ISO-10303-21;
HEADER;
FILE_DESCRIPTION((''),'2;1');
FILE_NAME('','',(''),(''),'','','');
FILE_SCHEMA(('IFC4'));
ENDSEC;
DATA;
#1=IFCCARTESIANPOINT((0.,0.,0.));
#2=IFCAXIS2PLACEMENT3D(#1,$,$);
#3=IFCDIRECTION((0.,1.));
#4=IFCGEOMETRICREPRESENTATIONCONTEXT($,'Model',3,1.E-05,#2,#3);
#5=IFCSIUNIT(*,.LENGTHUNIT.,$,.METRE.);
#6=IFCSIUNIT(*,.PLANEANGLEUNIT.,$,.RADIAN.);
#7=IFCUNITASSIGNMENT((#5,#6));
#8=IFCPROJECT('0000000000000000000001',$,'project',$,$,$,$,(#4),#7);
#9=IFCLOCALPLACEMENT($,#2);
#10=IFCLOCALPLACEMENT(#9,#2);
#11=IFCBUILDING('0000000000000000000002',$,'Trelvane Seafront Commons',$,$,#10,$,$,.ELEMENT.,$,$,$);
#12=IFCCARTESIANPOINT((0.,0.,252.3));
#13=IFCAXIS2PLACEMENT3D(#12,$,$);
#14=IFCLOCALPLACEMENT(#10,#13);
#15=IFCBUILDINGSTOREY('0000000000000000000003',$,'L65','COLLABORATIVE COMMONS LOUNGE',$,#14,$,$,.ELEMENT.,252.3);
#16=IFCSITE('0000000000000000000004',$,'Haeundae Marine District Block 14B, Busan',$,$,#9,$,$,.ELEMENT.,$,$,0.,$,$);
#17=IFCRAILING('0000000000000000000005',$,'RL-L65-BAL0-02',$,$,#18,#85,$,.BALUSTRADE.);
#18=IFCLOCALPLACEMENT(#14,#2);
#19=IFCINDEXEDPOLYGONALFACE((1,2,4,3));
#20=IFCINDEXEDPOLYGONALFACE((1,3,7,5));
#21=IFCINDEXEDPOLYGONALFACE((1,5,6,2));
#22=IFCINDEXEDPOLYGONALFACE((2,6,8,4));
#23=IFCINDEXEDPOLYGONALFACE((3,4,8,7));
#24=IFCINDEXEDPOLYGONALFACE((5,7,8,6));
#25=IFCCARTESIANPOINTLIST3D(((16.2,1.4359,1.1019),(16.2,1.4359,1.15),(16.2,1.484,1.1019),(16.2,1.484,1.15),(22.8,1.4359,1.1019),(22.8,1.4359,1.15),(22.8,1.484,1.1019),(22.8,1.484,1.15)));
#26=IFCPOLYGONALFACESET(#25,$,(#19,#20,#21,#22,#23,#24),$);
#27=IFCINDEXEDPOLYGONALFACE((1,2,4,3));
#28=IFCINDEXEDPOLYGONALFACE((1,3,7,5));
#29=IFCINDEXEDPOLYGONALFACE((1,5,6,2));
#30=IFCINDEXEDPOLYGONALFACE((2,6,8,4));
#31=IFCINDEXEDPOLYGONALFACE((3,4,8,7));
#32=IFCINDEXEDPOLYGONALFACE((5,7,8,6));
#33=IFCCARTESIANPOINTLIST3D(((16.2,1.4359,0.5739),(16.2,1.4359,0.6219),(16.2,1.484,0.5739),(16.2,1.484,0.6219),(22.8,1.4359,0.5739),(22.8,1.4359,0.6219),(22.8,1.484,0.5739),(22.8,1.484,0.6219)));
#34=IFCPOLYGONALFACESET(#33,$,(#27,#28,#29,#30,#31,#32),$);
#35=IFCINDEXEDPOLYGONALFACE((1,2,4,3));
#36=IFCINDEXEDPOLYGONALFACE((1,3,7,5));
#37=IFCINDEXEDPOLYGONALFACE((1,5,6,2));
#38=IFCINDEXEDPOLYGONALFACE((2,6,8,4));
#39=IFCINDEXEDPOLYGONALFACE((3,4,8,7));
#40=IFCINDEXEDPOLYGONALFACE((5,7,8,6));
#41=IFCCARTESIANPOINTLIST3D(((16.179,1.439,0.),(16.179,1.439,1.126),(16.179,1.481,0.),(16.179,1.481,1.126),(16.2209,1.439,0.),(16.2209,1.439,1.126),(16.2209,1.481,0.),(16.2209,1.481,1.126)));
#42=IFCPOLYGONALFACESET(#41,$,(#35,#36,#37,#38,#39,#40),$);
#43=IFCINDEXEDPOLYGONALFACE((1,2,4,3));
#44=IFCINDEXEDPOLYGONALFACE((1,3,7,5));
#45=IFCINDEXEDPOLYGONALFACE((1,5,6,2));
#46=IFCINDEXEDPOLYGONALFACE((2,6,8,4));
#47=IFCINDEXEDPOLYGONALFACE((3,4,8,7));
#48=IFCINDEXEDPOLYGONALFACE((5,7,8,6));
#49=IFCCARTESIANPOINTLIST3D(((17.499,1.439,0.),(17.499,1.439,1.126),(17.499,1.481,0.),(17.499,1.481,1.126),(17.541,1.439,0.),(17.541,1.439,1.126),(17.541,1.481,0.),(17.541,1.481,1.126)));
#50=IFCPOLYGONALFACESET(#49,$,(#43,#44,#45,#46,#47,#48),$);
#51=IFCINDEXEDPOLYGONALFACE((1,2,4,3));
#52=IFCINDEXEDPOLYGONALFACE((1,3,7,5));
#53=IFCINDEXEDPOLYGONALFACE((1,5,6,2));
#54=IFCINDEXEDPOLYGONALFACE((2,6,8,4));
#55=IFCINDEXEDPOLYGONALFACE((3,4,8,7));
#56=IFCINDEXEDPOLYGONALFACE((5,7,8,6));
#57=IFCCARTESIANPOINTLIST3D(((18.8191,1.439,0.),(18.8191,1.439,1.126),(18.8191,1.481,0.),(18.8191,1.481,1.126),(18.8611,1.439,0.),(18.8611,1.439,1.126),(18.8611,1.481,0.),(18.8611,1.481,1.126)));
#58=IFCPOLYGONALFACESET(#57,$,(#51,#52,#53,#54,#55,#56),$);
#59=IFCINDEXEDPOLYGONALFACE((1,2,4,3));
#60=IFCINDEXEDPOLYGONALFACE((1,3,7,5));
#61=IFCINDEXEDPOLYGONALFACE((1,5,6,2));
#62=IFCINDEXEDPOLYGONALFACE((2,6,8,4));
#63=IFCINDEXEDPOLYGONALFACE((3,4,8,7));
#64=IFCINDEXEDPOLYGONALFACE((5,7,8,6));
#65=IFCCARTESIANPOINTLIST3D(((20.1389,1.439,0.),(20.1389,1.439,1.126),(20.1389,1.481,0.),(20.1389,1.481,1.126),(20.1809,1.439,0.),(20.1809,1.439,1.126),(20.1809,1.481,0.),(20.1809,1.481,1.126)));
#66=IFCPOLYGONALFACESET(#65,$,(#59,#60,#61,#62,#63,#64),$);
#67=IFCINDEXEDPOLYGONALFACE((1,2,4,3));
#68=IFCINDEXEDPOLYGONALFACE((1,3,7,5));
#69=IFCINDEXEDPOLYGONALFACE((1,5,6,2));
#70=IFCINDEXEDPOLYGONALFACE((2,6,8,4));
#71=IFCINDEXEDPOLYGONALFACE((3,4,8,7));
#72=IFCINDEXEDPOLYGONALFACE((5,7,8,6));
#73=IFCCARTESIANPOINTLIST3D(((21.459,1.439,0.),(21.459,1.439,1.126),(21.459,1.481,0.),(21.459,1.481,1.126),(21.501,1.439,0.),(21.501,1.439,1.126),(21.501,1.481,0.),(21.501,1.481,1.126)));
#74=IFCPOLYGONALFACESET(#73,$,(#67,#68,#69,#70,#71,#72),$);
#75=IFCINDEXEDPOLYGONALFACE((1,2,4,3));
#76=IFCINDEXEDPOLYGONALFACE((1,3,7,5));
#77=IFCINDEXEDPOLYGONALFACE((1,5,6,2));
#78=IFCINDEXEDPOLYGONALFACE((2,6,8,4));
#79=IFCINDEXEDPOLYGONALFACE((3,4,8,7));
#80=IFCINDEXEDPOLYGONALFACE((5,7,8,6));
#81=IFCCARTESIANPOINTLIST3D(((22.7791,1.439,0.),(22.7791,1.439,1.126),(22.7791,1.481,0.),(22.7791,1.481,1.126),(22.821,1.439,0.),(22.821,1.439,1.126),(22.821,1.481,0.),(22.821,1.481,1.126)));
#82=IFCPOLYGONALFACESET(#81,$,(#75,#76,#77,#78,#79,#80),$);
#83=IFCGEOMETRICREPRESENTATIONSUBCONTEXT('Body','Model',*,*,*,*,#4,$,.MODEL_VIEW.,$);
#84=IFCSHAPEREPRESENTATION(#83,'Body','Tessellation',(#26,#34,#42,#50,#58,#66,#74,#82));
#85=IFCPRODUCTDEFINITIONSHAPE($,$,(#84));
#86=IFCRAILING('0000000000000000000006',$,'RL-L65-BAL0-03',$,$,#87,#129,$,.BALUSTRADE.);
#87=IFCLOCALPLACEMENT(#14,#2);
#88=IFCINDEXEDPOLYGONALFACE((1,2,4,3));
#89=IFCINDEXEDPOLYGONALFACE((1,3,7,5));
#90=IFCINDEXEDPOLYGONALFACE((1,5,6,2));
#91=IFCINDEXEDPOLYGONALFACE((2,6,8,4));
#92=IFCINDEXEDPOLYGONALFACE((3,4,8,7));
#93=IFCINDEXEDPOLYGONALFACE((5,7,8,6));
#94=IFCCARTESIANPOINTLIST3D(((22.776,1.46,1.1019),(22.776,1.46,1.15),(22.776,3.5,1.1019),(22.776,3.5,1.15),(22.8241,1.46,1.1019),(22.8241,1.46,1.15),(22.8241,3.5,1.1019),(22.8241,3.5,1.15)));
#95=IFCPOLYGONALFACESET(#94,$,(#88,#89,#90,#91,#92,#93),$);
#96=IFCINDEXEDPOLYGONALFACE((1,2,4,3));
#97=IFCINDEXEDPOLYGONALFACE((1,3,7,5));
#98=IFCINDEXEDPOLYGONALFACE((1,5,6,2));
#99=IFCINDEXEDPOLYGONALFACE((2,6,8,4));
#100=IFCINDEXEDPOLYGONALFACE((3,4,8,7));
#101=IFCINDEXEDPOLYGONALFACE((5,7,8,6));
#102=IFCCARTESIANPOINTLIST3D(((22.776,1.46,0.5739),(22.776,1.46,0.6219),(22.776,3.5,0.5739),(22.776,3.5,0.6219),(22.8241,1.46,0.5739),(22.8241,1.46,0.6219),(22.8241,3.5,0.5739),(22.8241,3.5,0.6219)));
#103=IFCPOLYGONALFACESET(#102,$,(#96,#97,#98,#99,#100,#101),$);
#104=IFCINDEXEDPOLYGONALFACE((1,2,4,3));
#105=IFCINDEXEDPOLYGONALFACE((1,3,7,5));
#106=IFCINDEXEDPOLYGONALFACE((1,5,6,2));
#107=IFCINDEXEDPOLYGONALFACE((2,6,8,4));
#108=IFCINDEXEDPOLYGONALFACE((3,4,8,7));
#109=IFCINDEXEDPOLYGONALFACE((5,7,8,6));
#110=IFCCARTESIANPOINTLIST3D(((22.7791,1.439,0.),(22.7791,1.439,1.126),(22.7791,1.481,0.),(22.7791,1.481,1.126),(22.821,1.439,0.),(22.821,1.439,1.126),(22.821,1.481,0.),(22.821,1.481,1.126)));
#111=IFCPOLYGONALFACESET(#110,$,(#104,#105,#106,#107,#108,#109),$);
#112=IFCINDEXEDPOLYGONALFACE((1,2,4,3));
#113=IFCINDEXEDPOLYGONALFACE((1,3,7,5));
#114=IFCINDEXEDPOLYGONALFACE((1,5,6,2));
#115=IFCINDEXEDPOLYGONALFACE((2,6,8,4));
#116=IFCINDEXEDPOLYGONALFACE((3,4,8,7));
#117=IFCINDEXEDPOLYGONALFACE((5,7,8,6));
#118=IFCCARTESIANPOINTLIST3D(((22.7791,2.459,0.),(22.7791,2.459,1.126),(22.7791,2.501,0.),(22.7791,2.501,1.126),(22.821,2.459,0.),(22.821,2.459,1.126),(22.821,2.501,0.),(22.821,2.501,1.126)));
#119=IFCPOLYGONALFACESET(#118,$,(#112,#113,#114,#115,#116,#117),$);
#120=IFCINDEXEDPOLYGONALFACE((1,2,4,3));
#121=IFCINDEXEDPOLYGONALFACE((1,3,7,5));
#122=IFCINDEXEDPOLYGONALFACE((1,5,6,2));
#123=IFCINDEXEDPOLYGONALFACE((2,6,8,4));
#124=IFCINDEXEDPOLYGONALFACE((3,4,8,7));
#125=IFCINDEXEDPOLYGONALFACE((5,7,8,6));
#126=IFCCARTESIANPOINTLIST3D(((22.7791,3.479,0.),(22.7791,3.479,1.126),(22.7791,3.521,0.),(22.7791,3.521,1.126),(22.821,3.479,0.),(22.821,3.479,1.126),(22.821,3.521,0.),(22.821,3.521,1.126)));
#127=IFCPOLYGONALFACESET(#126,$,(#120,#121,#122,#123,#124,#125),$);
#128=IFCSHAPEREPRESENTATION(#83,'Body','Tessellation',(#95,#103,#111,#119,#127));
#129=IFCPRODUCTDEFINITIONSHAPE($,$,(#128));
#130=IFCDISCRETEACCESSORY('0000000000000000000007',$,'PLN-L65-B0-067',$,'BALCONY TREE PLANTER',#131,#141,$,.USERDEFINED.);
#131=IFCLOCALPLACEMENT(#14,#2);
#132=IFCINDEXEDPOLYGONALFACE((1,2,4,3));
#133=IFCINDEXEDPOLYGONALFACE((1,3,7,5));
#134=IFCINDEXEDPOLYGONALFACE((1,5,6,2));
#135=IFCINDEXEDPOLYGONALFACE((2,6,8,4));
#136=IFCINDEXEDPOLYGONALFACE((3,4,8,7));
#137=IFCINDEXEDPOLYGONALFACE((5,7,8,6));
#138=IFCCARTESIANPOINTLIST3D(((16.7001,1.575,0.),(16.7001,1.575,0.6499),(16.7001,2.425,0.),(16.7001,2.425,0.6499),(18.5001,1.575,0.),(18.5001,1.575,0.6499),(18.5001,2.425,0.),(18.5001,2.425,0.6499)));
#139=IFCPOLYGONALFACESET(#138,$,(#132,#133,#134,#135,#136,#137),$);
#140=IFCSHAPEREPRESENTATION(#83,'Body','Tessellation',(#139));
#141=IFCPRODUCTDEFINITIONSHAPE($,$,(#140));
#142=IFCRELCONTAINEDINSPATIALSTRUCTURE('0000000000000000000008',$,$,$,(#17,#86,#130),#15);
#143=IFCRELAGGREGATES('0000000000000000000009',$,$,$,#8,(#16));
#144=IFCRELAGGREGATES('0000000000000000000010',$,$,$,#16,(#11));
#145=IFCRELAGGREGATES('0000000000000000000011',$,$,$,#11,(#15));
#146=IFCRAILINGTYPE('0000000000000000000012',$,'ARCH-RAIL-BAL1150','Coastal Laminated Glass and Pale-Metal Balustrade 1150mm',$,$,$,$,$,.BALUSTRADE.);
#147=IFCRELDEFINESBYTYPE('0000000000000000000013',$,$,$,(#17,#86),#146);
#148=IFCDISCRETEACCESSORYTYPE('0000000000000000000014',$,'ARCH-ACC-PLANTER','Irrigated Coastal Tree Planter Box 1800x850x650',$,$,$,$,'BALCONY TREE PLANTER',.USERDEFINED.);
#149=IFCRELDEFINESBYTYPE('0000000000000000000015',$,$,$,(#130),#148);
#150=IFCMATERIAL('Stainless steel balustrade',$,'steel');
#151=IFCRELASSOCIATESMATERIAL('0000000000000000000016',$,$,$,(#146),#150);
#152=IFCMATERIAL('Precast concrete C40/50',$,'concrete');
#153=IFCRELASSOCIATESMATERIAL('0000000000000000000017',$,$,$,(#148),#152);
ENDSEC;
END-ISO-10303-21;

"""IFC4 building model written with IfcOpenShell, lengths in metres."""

from ifc_helpers import new_model, si_unit, direction, frame, origin, origin_2d, place, context, subcontext, project, spatial, rectangle, extrude, source, transform, mapped, material, type_object, element, save


model = new_model("IFC4")

# Units and contexts
model_context = context("Model", 3, precision=1e-05, world=origin(), true_north=direction((0.0, 1.0)))
body_context = subcontext(model_context, "Body", "Model", "MODEL_VIEW")
ifc_project = project(units=[si_unit("LENGTHUNIT", "METRE"), si_unit("PLANEANGLEUNIT", "RADIAN")], contexts=[model_context])

# Site, building, storey
site_placement = place(None, origin())
site = spatial("IfcSite", under=ifc_project, at=site_placement, Name="Haeundae Marine District Block 14B, Busan", CompositionType="ELEMENT", RefElevation=0.0)
building_placement = place(site_placement, origin())
building = spatial("IfcBuilding", under=site, at=building_placement, Name="Trelvane Seafront Commons", CompositionType="ELEMENT")
storey_placement = place(building_placement, frame((0.0, 0.0, 252.3)))
storey = spatial("IfcBuildingStorey", under=building, at=storey_placement, Name="L65", Description="COLLABORATIVE COMMONS LOUNGE", CompositionType="ELEMENT", Elevation=252.3)

# Railings
ifc_material_1 = material(Name="Stainless steel balustrade", Category="steel")
railing_type = type_object("IfcRailingType", Name="ARCH-RAIL-BAL1150", Description="Coastal Laminated Glass and Pale-Metal Balustrade 1150mm", PredefinedType="BALUSTRADE", material=ifc_material_1)
railing_1_placement = place(storey_placement, frame((16.2, 1.46, 0.0)))
element("IfcRailing", 1, at=railing_1_placement, inside=storey, type_object=railing_type, Name="RL-L65-BAL0-02", PredefinedType="BALUSTRADE", context=body_context, shape_type="SweptSolid", body=[
    extrude(rectangle(XDim=0.0481, YDim=0.0481, at=origin_2d()), frame((0.0, 0.0, 1.126), z_axis=(1.0, 0.0, 0.0), x_axis=(0.0, 1.0, 0.0)), (0.0, 0.0, 1.0), 6.6001),
    extrude(rectangle(XDim=0.0481, YDim=0.0481, at=origin_2d()), frame((0.0, 0.0, 0.5979), z_axis=(1.0, 0.0, 0.0), x_axis=(0.0, 1.0, 0.0)), (0.0, 0.0, 1.0), 6.6001),
    extrude(rectangle(XDim=0.042, YDim=0.042, at=origin_2d()), origin(), (0.0, 0.0, 1.0), 1.126),
    extrude(rectangle(XDim=0.042, YDim=0.042, at=origin_2d()), frame((1.3201, 0.0, 0.0)), (0.0, 0.0, 1.0), 1.126),
    extrude(rectangle(XDim=0.042, YDim=0.042, at=origin_2d()), frame((2.6401, 0.0, 0.0)), (0.0, 0.0, 1.0), 1.126),
    extrude(rectangle(XDim=0.042, YDim=0.042, at=origin_2d()), frame((3.96, 0.0, 0.0)), (0.0, 0.0, 1.0), 1.126),
    extrude(rectangle(XDim=0.042, YDim=0.042, at=origin_2d()), frame((5.28, 0.0, 0.0)), (0.0, 0.0, 1.0), 1.126),
    extrude(rectangle(XDim=0.042, YDim=0.042, at=origin_2d()), frame((6.6001, 0.0, 0.0)), (0.0, 0.0, 1.0), 1.126),
])
railing_2_placement = place(storey_placement, frame((22.8, 1.46, 0.0)))
element("IfcRailing", 2, at=railing_2_placement, inside=storey, type_object=railing_type, Name="RL-L65-BAL0-03", PredefinedType="BALUSTRADE", context=body_context, shape_type="SweptSolid", body=[
    extrude(rectangle(XDim=0.0481, YDim=0.0481, at=origin_2d()), frame((0.0, 0.0, 1.126), z_axis=(0.0, 1.0, 0.0), x_axis=(-1.0, 0.0, 0.0)), (0.0, 0.0, 1.0), 2.04),
    extrude(rectangle(XDim=0.0481, YDim=0.0481, at=origin_2d()), frame((0.0, 0.0, 0.5979), z_axis=(0.0, 1.0, 0.0), x_axis=(-1.0, 0.0, 0.0)), (0.0, 0.0, 1.0), 2.04),
    extrude(rectangle(XDim=0.042, YDim=0.042, at=origin_2d()), origin(), (0.0, 0.0, 1.0), 1.126),
    extrude(rectangle(XDim=0.042, YDim=0.042, at=origin_2d()), frame((0.0, 1.02, 0.0)), (0.0, 0.0, 1.0), 1.126),
    extrude(rectangle(XDim=0.042, YDim=0.042, at=origin_2d()), frame((0.0, 2.04, 0.0)), (0.0, 0.0, 1.0), 1.126),
])

# Discrete accessory
ifc_material_2 = material(Name="Precast concrete C40/50", Category="concrete")
discrete_accessory_type = type_object("IfcDiscreteAccessoryType", Name="ARCH-ACC-PLANTER", Description="Irrigated Coastal Tree Planter Box 1800x850x650", ElementType="BALCONY TREE PLANTER", PredefinedType="USERDEFINED", material=ifc_material_2)
shared_shape_1 = source(origin(), body_context, "Body", "SweptSolid", [
    extrude(rectangle(XDim=1.8, YDim=0.8501, at=origin_2d()), origin(), (0.0, 0.0, 1.0), 0.6499),
])
discrete_accessory_placement = place(storey_placement, frame((17.6001, 2.0, 0.0), z_axis=(0.0, 0.0, 1.0), x_axis=(1.0, 0.0, 0.0)))
element("IfcDiscreteAccessory", 3, at=discrete_accessory_placement, inside=storey, type_object=discrete_accessory_type, Name="PLN-L65-B0-067", ObjectType="BALCONY TREE PLANTER", PredefinedType="USERDEFINED", context=body_context, shape_type="MappedRepresentation", body=[
    mapped(shared_shape_1, transform((0.0, 0.0, 0.0), x_axis=(1.0, 0.0, 0.0), y_axis=(0.0, 1.0, 0.0), z_axis=(0.0, 0.0, 1.0), scale=1.0)),
])

save(model, "model.ifc")
